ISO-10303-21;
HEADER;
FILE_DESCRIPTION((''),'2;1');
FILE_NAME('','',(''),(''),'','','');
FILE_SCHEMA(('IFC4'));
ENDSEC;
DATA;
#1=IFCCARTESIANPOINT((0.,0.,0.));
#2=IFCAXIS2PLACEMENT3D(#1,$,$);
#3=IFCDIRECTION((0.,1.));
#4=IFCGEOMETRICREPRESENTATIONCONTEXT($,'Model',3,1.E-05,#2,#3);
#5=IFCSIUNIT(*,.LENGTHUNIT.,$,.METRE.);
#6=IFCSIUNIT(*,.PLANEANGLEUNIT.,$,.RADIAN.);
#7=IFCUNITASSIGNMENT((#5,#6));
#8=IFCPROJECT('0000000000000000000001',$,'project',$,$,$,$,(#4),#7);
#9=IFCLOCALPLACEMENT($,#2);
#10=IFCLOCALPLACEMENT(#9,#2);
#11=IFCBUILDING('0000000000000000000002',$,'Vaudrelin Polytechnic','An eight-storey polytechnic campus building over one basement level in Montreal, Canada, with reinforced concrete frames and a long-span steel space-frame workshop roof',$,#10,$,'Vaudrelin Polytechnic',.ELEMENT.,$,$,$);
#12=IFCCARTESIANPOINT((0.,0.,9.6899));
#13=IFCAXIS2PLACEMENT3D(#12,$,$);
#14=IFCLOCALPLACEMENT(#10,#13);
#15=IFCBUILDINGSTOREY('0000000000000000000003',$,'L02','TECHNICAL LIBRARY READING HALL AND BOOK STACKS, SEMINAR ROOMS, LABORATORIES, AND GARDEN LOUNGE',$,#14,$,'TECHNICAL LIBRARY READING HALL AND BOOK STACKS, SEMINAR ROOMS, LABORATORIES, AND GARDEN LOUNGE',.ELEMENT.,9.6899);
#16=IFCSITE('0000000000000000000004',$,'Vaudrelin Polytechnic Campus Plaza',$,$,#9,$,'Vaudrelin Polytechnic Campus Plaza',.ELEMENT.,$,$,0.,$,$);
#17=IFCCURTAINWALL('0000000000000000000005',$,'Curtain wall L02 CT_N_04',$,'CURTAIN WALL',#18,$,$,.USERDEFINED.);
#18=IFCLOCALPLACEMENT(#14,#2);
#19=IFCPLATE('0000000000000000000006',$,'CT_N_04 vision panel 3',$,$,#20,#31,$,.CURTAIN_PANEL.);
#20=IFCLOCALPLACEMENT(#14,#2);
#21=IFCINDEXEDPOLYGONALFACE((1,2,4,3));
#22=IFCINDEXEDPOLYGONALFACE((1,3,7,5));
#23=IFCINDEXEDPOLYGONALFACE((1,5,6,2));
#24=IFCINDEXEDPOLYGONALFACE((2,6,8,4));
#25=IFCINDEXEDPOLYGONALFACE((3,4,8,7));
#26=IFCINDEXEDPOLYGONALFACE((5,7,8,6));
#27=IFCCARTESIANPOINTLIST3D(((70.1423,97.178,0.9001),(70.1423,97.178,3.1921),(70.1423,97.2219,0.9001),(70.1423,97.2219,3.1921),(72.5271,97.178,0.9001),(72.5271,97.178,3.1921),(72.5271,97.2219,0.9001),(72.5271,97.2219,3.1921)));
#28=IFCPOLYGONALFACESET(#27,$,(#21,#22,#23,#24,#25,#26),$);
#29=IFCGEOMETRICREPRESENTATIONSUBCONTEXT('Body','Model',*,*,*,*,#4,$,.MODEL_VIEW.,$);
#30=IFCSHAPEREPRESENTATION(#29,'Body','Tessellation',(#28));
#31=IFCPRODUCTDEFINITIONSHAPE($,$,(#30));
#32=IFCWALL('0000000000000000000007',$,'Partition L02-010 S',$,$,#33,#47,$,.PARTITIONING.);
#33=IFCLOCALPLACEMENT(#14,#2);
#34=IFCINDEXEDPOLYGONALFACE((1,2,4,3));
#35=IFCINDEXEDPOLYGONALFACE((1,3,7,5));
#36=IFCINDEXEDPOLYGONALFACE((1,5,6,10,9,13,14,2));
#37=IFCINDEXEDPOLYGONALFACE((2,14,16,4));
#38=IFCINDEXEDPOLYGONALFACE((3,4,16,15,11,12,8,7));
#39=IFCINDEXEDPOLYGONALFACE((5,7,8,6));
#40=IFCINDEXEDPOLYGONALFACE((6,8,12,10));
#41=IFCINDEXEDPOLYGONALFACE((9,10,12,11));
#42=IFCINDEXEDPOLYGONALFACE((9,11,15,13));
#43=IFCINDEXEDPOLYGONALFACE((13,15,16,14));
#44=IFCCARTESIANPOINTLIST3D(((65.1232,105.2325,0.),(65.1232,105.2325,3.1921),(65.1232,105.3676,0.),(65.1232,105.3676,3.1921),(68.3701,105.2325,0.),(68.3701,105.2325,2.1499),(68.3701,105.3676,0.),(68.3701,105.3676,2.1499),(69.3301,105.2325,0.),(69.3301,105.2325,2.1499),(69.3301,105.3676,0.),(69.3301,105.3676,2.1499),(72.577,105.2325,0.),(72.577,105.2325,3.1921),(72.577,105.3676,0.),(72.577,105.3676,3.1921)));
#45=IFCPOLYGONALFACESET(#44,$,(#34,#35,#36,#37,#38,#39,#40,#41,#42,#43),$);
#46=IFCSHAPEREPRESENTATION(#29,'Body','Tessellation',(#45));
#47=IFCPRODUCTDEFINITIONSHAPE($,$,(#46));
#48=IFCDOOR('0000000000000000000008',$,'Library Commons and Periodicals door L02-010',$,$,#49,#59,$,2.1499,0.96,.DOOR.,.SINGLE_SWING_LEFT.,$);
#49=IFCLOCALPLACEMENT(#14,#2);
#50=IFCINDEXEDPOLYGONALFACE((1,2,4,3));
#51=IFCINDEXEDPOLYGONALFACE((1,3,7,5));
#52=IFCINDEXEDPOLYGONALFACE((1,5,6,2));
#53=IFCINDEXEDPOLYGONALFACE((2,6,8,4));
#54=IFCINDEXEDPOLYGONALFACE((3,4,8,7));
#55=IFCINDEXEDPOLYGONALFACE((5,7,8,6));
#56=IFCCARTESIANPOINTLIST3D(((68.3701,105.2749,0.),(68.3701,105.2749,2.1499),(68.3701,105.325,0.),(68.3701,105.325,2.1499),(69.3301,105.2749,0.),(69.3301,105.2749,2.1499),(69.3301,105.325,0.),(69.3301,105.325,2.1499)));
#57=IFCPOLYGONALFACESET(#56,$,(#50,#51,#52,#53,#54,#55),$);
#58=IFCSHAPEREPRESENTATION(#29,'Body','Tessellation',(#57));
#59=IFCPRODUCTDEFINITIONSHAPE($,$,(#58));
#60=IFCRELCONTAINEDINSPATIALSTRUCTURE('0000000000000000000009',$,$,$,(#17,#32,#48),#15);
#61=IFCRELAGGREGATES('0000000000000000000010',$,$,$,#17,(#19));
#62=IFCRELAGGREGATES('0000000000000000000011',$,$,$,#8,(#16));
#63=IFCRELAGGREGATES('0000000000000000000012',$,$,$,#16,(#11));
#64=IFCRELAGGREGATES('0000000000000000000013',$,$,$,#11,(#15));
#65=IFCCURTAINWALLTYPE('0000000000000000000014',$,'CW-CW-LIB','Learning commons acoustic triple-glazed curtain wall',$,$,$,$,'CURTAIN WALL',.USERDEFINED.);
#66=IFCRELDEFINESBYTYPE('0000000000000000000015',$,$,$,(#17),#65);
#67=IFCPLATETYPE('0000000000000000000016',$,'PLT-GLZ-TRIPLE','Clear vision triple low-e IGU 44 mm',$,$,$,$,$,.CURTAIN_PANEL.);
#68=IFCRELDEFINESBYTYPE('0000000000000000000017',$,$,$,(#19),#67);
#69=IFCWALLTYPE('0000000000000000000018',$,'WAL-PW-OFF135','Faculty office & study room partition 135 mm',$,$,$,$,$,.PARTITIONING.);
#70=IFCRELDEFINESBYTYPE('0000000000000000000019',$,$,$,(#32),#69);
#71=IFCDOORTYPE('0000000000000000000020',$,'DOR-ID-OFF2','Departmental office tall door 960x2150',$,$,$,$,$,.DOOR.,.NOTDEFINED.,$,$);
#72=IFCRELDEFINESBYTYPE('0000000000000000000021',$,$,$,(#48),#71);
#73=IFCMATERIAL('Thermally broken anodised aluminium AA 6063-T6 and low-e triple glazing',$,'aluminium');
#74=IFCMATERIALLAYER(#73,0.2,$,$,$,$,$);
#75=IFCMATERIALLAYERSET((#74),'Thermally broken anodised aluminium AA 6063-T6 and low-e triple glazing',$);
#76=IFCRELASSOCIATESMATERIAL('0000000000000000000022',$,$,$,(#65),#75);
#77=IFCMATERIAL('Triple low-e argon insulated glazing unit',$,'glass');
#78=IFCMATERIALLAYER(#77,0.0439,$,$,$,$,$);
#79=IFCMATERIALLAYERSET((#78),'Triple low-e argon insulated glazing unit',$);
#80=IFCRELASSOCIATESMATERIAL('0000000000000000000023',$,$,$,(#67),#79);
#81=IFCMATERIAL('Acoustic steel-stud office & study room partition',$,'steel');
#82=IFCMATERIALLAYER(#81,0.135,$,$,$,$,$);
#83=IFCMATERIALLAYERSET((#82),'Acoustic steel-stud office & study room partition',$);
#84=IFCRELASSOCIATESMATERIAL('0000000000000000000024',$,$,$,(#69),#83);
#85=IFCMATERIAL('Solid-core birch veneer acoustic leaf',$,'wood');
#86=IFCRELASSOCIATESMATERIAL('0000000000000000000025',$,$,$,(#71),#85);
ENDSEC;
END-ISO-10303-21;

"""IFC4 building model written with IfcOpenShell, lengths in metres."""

from ifc_helpers import new_model, si_unit, direction, frame, frame_2d, origin, origin_2d, place, context, subcontext, project, spatial, rectangle, extrude, material, layer, layer_set, type_object, element, fill, aggregate, save


model = new_model("IFC4")

# Units and contexts
model_context = context("Model", 3, precision=1e-05, world=origin(), true_north=direction((0.0, 1.0)))
body_context = subcontext(model_context, "Body", "Model", "MODEL_VIEW")
ifc_project = project(units=[si_unit("LENGTHUNIT", "METRE"), si_unit("PLANEANGLEUNIT", "RADIAN")], contexts=[model_context])

# Site, building, storey
site_placement = place(None, origin())
site = spatial("IfcSite", under=ifc_project, at=site_placement, Name="Vaudrelin Polytechnic Campus Plaza", LongName="Vaudrelin Polytechnic Campus Plaza", CompositionType="ELEMENT", RefElevation=0.0)
building_placement = place(site_placement, origin())
building = spatial("IfcBuilding", under=site, at=building_placement, Name="Vaudrelin Polytechnic", Description="An eight-storey polytechnic campus building over one basement level in Montreal, Canada, with reinforced concrete frames and a long-span steel space-frame workshop roof", LongName="Vaudrelin Polytechnic", CompositionType="ELEMENT")
storey_placement = place(building_placement, frame((0.0, 0.0, 9.6899)))
storey = spatial("IfcBuildingStorey", under=building, at=storey_placement, Name="L02", Description="TECHNICAL LIBRARY READING HALL AND BOOK STACKS, SEMINAR ROOMS, LABORATORIES, AND GARDEN LOUNGE", LongName="TECHNICAL LIBRARY READING HALL AND BOOK STACKS, SEMINAR ROOMS, LABORATORIES, AND GARDEN LOUNGE", CompositionType="ELEMENT", Elevation=9.6899)

# Curtain wall
ifc_material_1 = material(Name="Thermally broken anodised aluminium AA 6063-T6 and low-e triple glazing", Category="aluminium")
ifc_layer_1 = layer(ifc_material_1, 0.2)
ifc_layer_set_1 = layer_set([ifc_layer_1], Name="Thermally broken anodised aluminium AA 6063-T6 and low-e triple glazing")
curtain_wall_type = type_object("IfcCurtainWallType", Name="CW-CW-LIB", Description="Learning commons acoustic triple-glazed curtain wall", ElementType="CURTAIN WALL", PredefinedType="USERDEFINED", material=ifc_layer_set_1)
curtain_wall_1_placement = place(storey_placement, origin())
curtain_wall_1 = element("IfcCurtainWall", 1, at=curtain_wall_1_placement, inside=storey, type_object=curtain_wall_type, Name="Curtain wall L02 CT_N_04", ObjectType="CURTAIN WALL", PredefinedType="USERDEFINED")

# Plate
ifc_material_2 = material(Name="Triple low-e argon insulated glazing unit", Category="glass")
ifc_layer_2 = layer(ifc_material_2, 0.0439)
ifc_layer_set_2 = layer_set([ifc_layer_2], Name="Triple low-e argon insulated glazing unit")
plate_type_1 = type_object("IfcPlateType", Name="PLT-GLZ-TRIPLE", Description="Clear vision triple low-e IGU 44 mm", PredefinedType="CURTAIN_PANEL", material=ifc_layer_set_2)
plate_1_placement = place(storey_placement, frame((71.3347, 97.2, 0.9001), z_axis=(0.0, 0.0, 1.0), x_axis=(1.0, 0.0, 0.0)))
plate_1 = element("IfcPlate", 2, at=plate_1_placement, type_object=plate_type_1, Name="CT_N_04 vision panel 3", PredefinedType="CURTAIN_PANEL", context=body_context, shape_type="SweptSolid", body=[
    extrude(rectangle(XDim=2.3848, YDim=0.0439, at=origin_2d()), origin(), (0.0, 0.0, 1.0), 2.292),
])
aggregate(curtain_wall_1, [plate_1])

# Wall, opening, door
ifc_material_3 = material(Name="Acoustic steel-stud office & study room partition", Category="steel")
ifc_layer_3 = layer(ifc_material_3, 0.135)
ifc_layer_set_3 = layer_set([ifc_layer_3], Name="Acoustic steel-stud office & study room partition")
wall_type_1 = type_object("IfcWallType", Name="WAL-PW-OFF135", Description="Faculty office & study room partition 135 mm", PredefinedType="PARTITIONING", material=ifc_layer_set_3)
wall_1_placement = place(storey_placement, frame((65.123, 105.3, 0.0), z_axis=(0.0, 0.0, 1.0), x_axis=(1.0, 0.0, 0.0)))
wall_1 = element("IfcWall", 3, at=wall_1_placement, inside=storey, type_object=wall_type_1, Name="Partition L02-010 S", PredefinedType="PARTITIONING", context=body_context, shape_type="SweptSolid", body=[
    extrude(rectangle(XDim=7.4539, YDim=0.135, at=frame_2d((3.7271, 0.0))), origin(), (0.0, 0.0, 1.0), 3.1921),
])
opening_1_placement = place(wall_1_placement, frame((3.2471, 0.0, 0.0)))
opening_1 = element("IfcOpeningElement", 4, at=opening_1_placement, cuts=wall_1, PredefinedType="OPENING", context=body_context, shape_type="SweptSolid", body=[
    extrude(rectangle(XDim=0.96, YDim=2.1499, at=frame_2d((0.48, 1.075))), frame((0.0, 0.0776, 0.0), z_axis=(0.0, -1.0, 0.0), x_axis=(1.0, 0.0, 0.0)), (0.0, 0.0, 1.0), 0.155),
])
ifc_material_4 = material(Name="Solid-core birch veneer acoustic leaf", Category="wood")
door_type_1 = type_object("IfcDoorType", Name="DOR-ID-OFF2", Description="Departmental office tall door 960x2150", OperationType="NOTDEFINED", PredefinedType="DOOR", material=ifc_material_4)
door_1_placement = place(opening_1_placement, origin())
door_1 = element("IfcDoor", 5, at=door_1_placement, inside=storey, type_object=door_type_1, Name="Library Commons and Periodicals door L02-010", OperationType="SINGLE_SWING_LEFT", OverallHeight=2.1499, OverallWidth=0.96, PredefinedType="DOOR", context=body_context, shape_type="SweptSolid", body=[
    extrude(rectangle(XDim=0.96, YDim=2.1499, at=frame_2d((0.48, 1.075))), frame((0.0, 0.0249, 0.0), z_axis=(0.0, -1.0, 0.0), x_axis=(1.0, 0.0, 0.0)), (0.0, 0.0, 1.0), 0.05),
])
fill(opening_1, door_1)

save(model, "model.ifc")
